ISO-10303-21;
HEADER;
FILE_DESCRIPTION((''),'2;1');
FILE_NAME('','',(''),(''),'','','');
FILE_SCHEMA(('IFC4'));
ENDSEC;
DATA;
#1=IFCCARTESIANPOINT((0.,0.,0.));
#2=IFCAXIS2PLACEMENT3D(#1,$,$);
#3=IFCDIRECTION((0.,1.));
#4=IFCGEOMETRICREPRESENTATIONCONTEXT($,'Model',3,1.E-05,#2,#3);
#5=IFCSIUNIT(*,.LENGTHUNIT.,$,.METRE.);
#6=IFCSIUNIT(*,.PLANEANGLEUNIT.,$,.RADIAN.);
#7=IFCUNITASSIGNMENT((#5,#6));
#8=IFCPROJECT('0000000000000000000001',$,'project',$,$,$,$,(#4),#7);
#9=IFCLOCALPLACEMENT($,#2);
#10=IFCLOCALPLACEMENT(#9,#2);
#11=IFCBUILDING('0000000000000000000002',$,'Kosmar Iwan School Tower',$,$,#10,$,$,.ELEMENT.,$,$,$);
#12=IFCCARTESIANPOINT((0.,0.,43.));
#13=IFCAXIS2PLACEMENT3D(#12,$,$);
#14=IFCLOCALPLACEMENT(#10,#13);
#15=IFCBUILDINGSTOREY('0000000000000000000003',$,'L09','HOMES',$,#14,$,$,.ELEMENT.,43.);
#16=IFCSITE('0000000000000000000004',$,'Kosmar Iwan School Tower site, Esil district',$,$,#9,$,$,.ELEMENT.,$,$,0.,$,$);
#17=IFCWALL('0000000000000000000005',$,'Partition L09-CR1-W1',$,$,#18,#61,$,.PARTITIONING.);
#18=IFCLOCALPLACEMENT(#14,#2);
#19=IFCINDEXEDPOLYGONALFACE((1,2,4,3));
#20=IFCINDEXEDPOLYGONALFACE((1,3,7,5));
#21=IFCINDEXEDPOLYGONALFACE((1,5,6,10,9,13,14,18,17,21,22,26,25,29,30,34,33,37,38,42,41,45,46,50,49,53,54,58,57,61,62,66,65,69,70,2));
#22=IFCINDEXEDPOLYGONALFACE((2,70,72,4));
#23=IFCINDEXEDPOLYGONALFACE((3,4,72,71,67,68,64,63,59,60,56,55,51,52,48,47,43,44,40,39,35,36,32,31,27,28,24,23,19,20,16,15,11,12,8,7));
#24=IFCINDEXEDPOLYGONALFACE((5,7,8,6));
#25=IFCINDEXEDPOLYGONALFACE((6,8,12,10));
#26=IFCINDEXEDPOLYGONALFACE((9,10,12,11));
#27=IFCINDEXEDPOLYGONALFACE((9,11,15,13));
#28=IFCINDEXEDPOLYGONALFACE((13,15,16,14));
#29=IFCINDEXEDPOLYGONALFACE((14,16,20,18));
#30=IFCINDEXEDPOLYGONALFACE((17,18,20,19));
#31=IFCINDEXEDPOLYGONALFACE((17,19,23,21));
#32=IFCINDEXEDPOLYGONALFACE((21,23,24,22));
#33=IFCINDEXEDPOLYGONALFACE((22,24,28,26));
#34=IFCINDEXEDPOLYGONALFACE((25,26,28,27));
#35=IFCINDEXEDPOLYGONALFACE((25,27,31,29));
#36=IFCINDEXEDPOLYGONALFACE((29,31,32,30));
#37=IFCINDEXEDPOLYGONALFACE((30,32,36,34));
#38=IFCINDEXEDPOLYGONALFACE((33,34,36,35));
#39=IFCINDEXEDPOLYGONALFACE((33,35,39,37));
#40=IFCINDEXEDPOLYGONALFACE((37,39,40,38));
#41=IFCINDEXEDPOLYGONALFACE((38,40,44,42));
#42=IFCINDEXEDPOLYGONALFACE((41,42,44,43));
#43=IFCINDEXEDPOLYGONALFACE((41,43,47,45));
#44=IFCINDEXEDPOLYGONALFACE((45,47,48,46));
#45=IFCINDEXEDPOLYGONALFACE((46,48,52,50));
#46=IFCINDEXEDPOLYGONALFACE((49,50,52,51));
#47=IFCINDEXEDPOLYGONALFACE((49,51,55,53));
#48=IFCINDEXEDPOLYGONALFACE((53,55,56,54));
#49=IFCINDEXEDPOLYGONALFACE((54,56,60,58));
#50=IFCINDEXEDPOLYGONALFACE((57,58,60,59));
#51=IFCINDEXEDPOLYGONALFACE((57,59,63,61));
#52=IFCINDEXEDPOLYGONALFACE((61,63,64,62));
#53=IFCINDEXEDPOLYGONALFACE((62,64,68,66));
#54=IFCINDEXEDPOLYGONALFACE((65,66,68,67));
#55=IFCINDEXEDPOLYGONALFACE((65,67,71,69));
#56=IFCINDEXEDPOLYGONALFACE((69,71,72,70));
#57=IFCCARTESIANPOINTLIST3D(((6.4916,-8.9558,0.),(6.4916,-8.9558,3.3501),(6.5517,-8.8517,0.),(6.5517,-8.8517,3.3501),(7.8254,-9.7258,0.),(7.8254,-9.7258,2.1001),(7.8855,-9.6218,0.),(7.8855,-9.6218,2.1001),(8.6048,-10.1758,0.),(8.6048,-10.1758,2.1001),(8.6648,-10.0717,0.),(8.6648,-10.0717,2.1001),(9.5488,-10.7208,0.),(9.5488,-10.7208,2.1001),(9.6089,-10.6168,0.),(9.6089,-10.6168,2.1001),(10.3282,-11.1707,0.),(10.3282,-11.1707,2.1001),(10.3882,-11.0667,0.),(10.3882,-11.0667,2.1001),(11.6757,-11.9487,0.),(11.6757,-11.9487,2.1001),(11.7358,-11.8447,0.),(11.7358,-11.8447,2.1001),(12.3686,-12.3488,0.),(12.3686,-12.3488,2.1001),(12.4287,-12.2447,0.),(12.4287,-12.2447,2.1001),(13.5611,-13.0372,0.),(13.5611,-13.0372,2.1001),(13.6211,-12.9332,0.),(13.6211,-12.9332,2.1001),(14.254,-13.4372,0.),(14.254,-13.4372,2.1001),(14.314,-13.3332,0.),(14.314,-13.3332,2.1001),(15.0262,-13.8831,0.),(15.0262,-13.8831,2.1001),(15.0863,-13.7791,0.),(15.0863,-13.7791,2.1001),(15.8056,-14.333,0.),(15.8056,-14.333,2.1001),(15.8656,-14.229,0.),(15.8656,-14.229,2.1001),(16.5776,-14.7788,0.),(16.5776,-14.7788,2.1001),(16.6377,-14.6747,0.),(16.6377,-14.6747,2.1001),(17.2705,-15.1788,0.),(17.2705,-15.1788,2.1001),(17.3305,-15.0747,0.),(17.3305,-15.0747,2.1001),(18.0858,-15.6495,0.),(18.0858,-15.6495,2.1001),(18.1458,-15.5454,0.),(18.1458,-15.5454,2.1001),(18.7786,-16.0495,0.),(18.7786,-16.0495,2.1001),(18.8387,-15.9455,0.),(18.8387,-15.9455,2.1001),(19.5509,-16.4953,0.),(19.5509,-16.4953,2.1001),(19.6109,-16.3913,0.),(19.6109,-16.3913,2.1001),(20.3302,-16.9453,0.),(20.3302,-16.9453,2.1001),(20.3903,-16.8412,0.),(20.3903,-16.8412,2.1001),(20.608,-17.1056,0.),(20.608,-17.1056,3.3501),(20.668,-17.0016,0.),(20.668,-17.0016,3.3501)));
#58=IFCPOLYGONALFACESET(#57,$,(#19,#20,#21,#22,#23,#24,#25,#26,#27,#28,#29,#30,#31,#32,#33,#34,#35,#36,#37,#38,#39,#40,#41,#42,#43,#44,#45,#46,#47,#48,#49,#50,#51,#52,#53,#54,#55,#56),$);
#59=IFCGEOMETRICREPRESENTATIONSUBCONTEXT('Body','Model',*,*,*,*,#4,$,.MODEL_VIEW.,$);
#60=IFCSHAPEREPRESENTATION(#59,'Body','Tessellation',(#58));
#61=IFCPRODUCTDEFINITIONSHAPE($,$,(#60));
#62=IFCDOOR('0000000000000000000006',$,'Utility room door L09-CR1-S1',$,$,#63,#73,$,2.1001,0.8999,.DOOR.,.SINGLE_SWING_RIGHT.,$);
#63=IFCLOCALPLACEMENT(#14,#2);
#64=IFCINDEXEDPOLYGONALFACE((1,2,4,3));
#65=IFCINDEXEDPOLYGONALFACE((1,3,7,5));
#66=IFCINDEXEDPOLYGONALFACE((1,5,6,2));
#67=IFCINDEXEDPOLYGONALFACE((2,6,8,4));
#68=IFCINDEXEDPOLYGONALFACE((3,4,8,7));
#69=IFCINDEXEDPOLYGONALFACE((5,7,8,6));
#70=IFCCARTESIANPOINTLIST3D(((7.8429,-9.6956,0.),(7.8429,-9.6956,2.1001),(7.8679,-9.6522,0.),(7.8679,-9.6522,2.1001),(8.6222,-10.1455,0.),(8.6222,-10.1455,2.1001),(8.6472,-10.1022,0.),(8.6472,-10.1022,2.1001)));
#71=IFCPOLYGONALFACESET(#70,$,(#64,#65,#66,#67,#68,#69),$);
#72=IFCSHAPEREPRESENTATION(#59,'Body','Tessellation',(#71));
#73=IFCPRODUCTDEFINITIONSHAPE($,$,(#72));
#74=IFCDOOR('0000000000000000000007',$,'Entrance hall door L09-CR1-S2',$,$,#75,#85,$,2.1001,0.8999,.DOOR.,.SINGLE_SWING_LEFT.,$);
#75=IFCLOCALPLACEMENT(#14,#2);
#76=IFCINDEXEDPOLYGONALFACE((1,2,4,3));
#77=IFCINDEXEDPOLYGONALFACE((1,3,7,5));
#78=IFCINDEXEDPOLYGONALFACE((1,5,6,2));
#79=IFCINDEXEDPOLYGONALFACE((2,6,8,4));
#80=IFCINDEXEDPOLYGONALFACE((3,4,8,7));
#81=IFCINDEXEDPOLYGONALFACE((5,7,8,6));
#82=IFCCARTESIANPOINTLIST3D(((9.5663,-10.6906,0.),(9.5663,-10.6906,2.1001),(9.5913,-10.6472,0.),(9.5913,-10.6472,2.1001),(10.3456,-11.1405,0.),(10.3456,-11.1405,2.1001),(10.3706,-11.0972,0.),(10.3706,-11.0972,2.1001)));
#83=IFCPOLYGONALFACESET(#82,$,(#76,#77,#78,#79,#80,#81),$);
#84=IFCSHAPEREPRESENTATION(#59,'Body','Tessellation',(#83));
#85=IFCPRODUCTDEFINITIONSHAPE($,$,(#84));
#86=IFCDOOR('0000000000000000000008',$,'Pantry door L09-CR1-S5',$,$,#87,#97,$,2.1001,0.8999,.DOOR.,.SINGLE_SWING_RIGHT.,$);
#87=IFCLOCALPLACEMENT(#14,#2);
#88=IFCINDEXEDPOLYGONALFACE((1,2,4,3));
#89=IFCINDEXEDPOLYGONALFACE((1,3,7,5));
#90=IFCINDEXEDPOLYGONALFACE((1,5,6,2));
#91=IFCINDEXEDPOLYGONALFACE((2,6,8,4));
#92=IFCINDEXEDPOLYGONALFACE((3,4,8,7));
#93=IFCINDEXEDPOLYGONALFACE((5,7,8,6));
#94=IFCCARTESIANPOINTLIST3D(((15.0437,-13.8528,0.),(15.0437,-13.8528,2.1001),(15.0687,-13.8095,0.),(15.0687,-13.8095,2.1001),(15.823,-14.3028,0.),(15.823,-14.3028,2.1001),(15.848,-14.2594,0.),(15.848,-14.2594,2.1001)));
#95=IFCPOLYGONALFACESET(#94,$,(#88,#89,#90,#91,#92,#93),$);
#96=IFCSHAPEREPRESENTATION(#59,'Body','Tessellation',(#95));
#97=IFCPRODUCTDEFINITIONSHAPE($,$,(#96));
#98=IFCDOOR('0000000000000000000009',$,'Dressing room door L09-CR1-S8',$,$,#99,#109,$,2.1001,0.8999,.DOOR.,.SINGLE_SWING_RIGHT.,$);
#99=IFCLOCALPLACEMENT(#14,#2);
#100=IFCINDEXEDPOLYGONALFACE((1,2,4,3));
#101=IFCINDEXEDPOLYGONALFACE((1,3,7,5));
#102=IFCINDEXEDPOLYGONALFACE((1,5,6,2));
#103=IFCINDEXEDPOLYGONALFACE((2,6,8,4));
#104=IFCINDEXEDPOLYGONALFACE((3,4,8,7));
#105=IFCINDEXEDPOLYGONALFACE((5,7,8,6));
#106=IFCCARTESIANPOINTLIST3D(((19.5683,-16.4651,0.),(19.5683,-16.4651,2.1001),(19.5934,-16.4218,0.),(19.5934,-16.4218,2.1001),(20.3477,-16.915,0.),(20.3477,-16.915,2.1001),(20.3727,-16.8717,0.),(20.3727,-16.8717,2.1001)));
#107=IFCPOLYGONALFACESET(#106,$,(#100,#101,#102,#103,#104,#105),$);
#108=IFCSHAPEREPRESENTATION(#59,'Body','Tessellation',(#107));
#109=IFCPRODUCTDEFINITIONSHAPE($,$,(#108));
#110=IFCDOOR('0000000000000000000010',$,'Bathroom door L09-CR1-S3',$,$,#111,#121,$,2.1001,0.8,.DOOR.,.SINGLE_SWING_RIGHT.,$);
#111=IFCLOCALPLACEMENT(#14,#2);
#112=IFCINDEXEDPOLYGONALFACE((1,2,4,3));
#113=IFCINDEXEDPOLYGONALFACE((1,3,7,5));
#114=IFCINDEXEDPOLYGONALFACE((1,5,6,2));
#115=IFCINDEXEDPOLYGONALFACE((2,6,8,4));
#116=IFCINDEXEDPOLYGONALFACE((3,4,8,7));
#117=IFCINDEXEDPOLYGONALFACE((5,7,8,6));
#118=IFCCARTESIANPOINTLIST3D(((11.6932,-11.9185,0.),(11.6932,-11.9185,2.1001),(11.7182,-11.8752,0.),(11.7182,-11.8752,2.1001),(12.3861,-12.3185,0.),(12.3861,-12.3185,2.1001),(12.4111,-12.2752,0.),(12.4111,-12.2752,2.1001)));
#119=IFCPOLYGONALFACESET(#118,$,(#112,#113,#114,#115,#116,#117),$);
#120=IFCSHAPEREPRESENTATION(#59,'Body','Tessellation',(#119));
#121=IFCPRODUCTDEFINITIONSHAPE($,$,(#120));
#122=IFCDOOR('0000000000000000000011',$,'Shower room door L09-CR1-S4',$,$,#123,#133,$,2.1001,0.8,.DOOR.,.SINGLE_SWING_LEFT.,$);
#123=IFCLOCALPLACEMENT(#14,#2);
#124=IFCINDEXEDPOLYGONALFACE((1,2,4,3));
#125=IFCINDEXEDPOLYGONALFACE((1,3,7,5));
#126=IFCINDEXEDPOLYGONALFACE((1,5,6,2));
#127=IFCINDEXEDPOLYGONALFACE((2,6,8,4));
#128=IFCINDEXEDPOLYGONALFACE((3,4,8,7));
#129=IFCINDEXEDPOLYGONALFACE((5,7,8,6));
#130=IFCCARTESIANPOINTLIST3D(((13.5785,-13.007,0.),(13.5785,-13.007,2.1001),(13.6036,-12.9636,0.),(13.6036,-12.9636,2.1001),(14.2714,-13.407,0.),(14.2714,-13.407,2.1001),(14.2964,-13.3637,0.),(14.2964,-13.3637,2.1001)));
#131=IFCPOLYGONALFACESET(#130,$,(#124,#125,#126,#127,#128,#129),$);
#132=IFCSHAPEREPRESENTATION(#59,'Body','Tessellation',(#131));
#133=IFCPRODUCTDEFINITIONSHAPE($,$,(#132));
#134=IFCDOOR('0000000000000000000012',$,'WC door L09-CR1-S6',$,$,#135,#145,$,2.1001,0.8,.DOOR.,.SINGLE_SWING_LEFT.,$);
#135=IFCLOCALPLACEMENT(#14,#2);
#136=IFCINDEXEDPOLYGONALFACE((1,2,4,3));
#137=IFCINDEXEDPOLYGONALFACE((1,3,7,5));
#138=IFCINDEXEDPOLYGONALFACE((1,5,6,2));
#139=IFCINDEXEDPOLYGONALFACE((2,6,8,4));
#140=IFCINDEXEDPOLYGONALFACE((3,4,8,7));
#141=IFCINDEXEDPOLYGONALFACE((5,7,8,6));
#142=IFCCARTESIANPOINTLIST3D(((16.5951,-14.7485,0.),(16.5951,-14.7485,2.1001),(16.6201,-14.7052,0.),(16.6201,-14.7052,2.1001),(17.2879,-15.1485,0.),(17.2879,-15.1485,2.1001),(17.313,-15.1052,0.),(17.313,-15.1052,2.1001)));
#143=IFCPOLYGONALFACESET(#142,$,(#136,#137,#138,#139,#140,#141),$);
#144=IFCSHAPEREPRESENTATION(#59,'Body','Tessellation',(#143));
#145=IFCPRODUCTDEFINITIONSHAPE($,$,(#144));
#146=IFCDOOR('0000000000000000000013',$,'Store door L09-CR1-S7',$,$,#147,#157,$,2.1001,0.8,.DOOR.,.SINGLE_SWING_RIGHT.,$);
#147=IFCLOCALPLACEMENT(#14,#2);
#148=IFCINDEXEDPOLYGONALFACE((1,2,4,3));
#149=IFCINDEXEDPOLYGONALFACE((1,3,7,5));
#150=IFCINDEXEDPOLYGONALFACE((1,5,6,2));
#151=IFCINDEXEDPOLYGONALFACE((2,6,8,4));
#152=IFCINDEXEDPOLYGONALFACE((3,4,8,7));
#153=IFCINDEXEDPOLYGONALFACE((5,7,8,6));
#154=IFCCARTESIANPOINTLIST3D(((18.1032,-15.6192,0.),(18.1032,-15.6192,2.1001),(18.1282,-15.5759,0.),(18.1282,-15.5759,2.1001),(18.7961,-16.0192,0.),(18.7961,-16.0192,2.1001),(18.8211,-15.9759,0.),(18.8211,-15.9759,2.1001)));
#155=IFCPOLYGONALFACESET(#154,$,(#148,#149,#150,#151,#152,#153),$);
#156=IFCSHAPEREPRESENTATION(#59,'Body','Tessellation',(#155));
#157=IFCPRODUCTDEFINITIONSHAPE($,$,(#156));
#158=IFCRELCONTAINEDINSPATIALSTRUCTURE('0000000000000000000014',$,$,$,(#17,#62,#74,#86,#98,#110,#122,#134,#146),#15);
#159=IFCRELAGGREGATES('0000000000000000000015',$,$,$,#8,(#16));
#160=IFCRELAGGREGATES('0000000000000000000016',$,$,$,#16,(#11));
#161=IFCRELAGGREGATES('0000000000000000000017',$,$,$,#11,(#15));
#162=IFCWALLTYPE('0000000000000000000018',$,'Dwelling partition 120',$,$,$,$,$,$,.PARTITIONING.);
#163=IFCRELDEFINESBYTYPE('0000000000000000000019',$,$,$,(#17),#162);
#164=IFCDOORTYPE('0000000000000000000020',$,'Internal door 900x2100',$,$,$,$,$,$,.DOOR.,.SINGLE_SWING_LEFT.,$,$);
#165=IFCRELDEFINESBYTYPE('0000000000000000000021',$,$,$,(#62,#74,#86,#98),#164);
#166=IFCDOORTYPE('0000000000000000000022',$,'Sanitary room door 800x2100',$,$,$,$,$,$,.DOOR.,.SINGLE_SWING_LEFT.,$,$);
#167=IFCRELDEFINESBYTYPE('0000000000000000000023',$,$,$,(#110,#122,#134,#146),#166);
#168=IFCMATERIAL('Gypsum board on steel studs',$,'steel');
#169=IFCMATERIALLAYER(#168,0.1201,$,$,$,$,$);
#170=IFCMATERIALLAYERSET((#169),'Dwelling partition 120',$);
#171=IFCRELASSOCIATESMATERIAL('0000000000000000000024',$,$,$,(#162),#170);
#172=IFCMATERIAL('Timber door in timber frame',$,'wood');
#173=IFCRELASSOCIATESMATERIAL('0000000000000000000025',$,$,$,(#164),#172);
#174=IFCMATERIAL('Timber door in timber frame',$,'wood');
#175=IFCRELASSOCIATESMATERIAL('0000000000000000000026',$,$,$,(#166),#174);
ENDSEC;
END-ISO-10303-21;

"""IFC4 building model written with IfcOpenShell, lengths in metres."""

from ifc_helpers import new_model, si_unit, direction, frame, frame_2d, origin, place, context, subcontext, project, spatial, rectangle, extrude, material, layer, layer_set, type_object, element, fill, save


model = new_model("IFC4")

# Units and contexts
model_context = context("Model", 3, precision=1e-05, world=origin(), true_north=direction((0.0, 1.0)))
body_context = subcontext(model_context, "Body", "Model", "MODEL_VIEW")
ifc_project = project(units=[si_unit("LENGTHUNIT", "METRE"), si_unit("PLANEANGLEUNIT", "RADIAN")], contexts=[model_context])

# Site, building, storey
site_placement = place(None, origin())
site = spatial("IfcSite", under=ifc_project, at=site_placement, Name="Kosmar Iwan School Tower site, Esil district", CompositionType="ELEMENT", RefElevation=0.0)
building_placement = place(site_placement, origin())
building = spatial("IfcBuilding", under=site, at=building_placement, Name="Kosmar Iwan School Tower", CompositionType="ELEMENT")
storey_placement = place(building_placement, frame((0.0, 0.0, 43.0)))
storey = spatial("IfcBuildingStorey", under=building, at=storey_placement, Name="L09", Description="HOMES", CompositionType="ELEMENT", Elevation=43.0)

# Wall, openings, doors
ifc_material_1 = material(Name="Gypsum board on steel studs", Category="steel")
ifc_layer_1 = layer(ifc_material_1, 0.1201)
ifc_layer_set_1 = layer_set([ifc_layer_1], Name="Dwelling partition 120")
wall_type_1 = type_object("IfcWallType", Name="Dwelling partition 120", PredefinedType="PARTITIONING", material=ifc_layer_set_1)
wall_1_placement = place(storey_placement, frame((6.5217, -8.9038, 0.0), z_axis=(0.0, 0.0, 1.0), x_axis=(0.866032, -0.499989, 0.0)))
wall_1 = element("IfcWall", 1, at=wall_1_placement, inside=storey, type_object=wall_type_1, Name="Partition L09-CR1-W1", PredefinedType="PARTITIONING", context=body_context, shape_type="SweptSolid", body=[
    extrude(rectangle(XDim=16.3, YDim=0.1201, at=frame_2d((8.1499, 0.0))), origin(), (0.0, 0.0, 1.0), 3.3501),
])
opening_1_placement = place(wall_1_placement, frame((1.54, 0.0, 0.0)))
opening_1 = element("IfcOpeningElement", 2, at=opening_1_placement, cuts=wall_1, PredefinedType="OPENING", context=body_context, shape_type="SweptSolid", body=[
    extrude(rectangle(XDim=0.8999, YDim=2.1001, at=frame_2d((0.45, 1.05))), frame((0.0, 0.072, 0.0), z_axis=(0.0, -1.0, 0.0), x_axis=(1.0, 0.0, 0.0)), (0.0, 0.0, 1.0), 0.144),
])
opening_2_placement = place(wall_1_placement, frame((3.53, 0.0, 0.0)))
opening_2 = element("IfcOpeningElement", 3, at=opening_2_placement, cuts=wall_1, PredefinedType="OPENING", context=body_context, shape_type="SweptSolid", body=[
    extrude(rectangle(XDim=0.8999, YDim=2.1001, at=frame_2d((0.45, 1.05))), frame((0.0, 0.072, 0.0), z_axis=(0.0, -1.0, 0.0), x_axis=(1.0, 0.0, 0.0)), (0.0, 0.0, 1.0), 0.144),
])
opening_3_placement = place(wall_1_placement, frame((5.9861, 0.0, 0.0)))
opening_3 = element("IfcOpeningElement", 4, at=opening_3_placement, cuts=wall_1, PredefinedType="OPENING", context=body_context, shape_type="SweptSolid", body=[
    extrude(rectangle(XDim=0.8, YDim=2.1001, at=frame_2d((0.3999, 1.05))), frame((0.0, 0.072, 0.0), z_axis=(0.0, -1.0, 0.0), x_axis=(1.0, 0.0, 0.0)), (0.0, 0.0, 1.0), 0.144),
])
opening_4_placement = place(wall_1_placement, frame((8.1631, 0.0, 0.0)))
opening_4 = element("IfcOpeningElement", 5, at=opening_4_placement, cuts=wall_1, PredefinedType="OPENING", context=body_context, shape_type="SweptSolid", body=[
    extrude(rectangle(XDim=0.8, YDim=2.1001, at=frame_2d((0.3999, 1.05))), frame((0.0, 0.072, 0.0), z_axis=(0.0, -1.0, 0.0), x_axis=(1.0, 0.0, 0.0)), (0.0, 0.0, 1.0), 0.144),
])
opening_5_placement = place(wall_1_placement, frame((9.8547, 0.0, 0.0)))
opening_5 = element("IfcOpeningElement", 6, at=opening_5_placement, cuts=wall_1, PredefinedType="OPENING", context=body_context, shape_type="SweptSolid", body=[
    extrude(rectangle(XDim=0.8999, YDim=2.1001, at=frame_2d((0.45, 1.05))), frame((0.0, 0.072, 0.0), z_axis=(0.0, -1.0, 0.0), x_axis=(1.0, 0.0, 0.0)), (0.0, 0.0, 1.0), 0.144),
])
opening_6_placement = place(wall_1_placement, frame((11.6462, 0.0, 0.0)))
opening_6 = element("IfcOpeningElement", 7, at=opening_6_placement, cuts=wall_1, PredefinedType="OPENING", context=body_context, shape_type="SweptSolid", body=[
    extrude(rectangle(XDim=0.8, YDim=2.1001, at=frame_2d((0.3999, 1.05))), frame((0.0, 0.072, 0.0), z_axis=(0.0, -1.0, 0.0), x_axis=(1.0, 0.0, 0.0)), (0.0, 0.0, 1.0), 0.144),
])
opening_7_placement = place(wall_1_placement, frame((13.3877, 0.0, 0.0)))
opening_7 = element("IfcOpeningElement", 8, at=opening_7_placement, cuts=wall_1, PredefinedType="OPENING", context=body_context, shape_type="SweptSolid", body=[
    extrude(rectangle(XDim=0.8, YDim=2.1001, at=frame_2d((0.3999, 1.05))), frame((0.0, 0.072, 0.0), z_axis=(0.0, -1.0, 0.0), x_axis=(1.0, 0.0, 0.0)), (0.0, 0.0, 1.0), 0.144),
])
opening_8_placement = place(wall_1_placement, frame((15.0793, 0.0, 0.0)))
opening_8 = element("IfcOpeningElement", 9, at=opening_8_placement, cuts=wall_1, PredefinedType="OPENING", context=body_context, shape_type="SweptSolid", body=[
    extrude(rectangle(XDim=0.8999, YDim=2.1001, at=frame_2d((0.45, 1.05))), frame((0.0, 0.072, 0.0), z_axis=(0.0, -1.0, 0.0), x_axis=(1.0, 0.0, 0.0)), (0.0, 0.0, 1.0), 0.144),
])
ifc_material_2 = material(Name="Timber door in timber frame", Category="wood")
door_type_1 = type_object("IfcDoorType", Name="Internal door 900x2100", OperationType="SINGLE_SWING_LEFT", PredefinedType="DOOR", material=ifc_material_2)
door_1_placement = place(opening_1_placement, origin())
door_1 = element("IfcDoor", 10, at=door_1_placement, inside=storey, type_object=door_type_1, Name="Utility room door L09-CR1-S1", OperationType="SINGLE_SWING_RIGHT", OverallHeight=2.1001, OverallWidth=0.8999, PredefinedType="DOOR", context=body_context, shape_type="SweptSolid", body=[
    extrude(rectangle(XDim=0.8999, YDim=2.1001, at=frame_2d((0.45, 1.05))), frame((0.0, 0.0249, 0.0), z_axis=(0.0, -1.0, 0.0), x_axis=(1.0, 0.0, 0.0)), (0.0, 0.0, 1.0), 0.05),
])
fill(opening_1, door_1)
door_2_placement = place(opening_2_placement, origin())
door_2 = element("IfcDoor", 11, at=door_2_placement, inside=storey, type_object=door_type_1, Name="Entrance hall door L09-CR1-S2", OperationType="SINGLE_SWING_LEFT", OverallHeight=2.1001, OverallWidth=0.8999, PredefinedType="DOOR", context=body_context, shape_type="SweptSolid", body=[
    extrude(rectangle(XDim=0.8999, YDim=2.1001, at=frame_2d((0.45, 1.05))), frame((0.0, 0.0249, 0.0), z_axis=(0.0, -1.0, 0.0), x_axis=(1.0, 0.0, 0.0)), (0.0, 0.0, 1.0), 0.05),
])
fill(opening_2, door_2)
door_3_placement = place(opening_5_placement, origin())
door_3 = element("IfcDoor", 12, at=door_3_placement, inside=storey, type_object=door_type_1, Name="Pantry door L09-CR1-S5", OperationType="SINGLE_SWING_RIGHT", OverallHeight=2.1001, OverallWidth=0.8999, PredefinedType="DOOR", context=body_context, shape_type="SweptSolid", body=[
    extrude(rectangle(XDim=0.8999, YDim=2.1001, at=frame_2d((0.45, 1.05))), frame((0.0, 0.0249, 0.0), z_axis=(0.0, -1.0, 0.0), x_axis=(1.0, 0.0, 0.0)), (0.0, 0.0, 1.0), 0.05),
])
fill(opening_5, door_3)
door_4_placement = place(opening_8_placement, origin())
door_4 = element("IfcDoor", 13, at=door_4_placement, inside=storey, type_object=door_type_1, Name="Dressing room door L09-CR1-S8", OperationType="SINGLE_SWING_RIGHT", OverallHeight=2.1001, OverallWidth=0.8999, PredefinedType="DOOR", context=body_context, shape_type="SweptSolid", body=[
    extrude(rectangle(XDim=0.8999, YDim=2.1001, at=frame_2d((0.45, 1.05))), frame((0.0, 0.0249, 0.0), z_axis=(0.0, -1.0, 0.0), x_axis=(1.0, 0.0, 0.0)), (0.0, 0.0, 1.0), 0.05),
])
fill(opening_8, door_4)
ifc_material_3 = material(Name="Timber door in timber frame", Category="wood")
door_type_2 = type_object("IfcDoorType", Name="Sanitary room door 800x2100", OperationType="SINGLE_SWING_LEFT", PredefinedType="DOOR", material=ifc_material_3)
door_5_placement = place(opening_3_placement, origin())
door_5 = element("IfcDoor", 14, at=door_5_placement, inside=storey, type_object=door_type_2, Name="Bathroom door L09-CR1-S3", OperationType="SINGLE_SWING_RIGHT", OverallHeight=2.1001, OverallWidth=0.8, PredefinedType="DOOR", context=body_context, shape_type="SweptSolid", body=[
    extrude(rectangle(XDim=0.8, YDim=2.1001, at=frame_2d((0.3999, 1.05))), frame((0.0, 0.0249, 0.0), z_axis=(0.0, -1.0, 0.0), x_axis=(1.0, 0.0, 0.0)), (0.0, 0.0, 1.0), 0.05),
])
fill(opening_3, door_5)
door_6_placement = place(opening_4_placement, origin())
door_6 = element("IfcDoor", 15, at=door_6_placement, inside=storey, type_object=door_type_2, Name="Shower room door L09-CR1-S4", OperationType="SINGLE_SWING_LEFT", OverallHeight=2.1001, OverallWidth=0.8, PredefinedType="DOOR", context=body_context, shape_type="SweptSolid", body=[
    extrude(rectangle(XDim=0.8, YDim=2.1001, at=frame_2d((0.3999, 1.05))), frame((0.0, 0.0249, 0.0), z_axis=(0.0, -1.0, 0.0), x_axis=(1.0, 0.0, 0.0)), (0.0, 0.0, 1.0), 0.05),
])
fill(opening_4, door_6)
door_7_placement = place(opening_6_placement, origin())
door_7 = element("IfcDoor", 16, at=door_7_placement, inside=storey, type_object=door_type_2, Name="WC door L09-CR1-S6", OperationType="SINGLE_SWING_LEFT", OverallHeight=2.1001, OverallWidth=0.8, PredefinedType="DOOR", context=body_context, shape_type="SweptSolid", body=[
    extrude(rectangle(XDim=0.8, YDim=2.1001, at=frame_2d((0.3999, 1.05))), frame((0.0, 0.0249, 0.0), z_axis=(0.0, -1.0, 0.0), x_axis=(1.0, 0.0, 0.0)), (0.0, 0.0, 1.0), 0.05),
])
fill(opening_6, door_7)
door_8_placement = place(opening_7_placement, origin())
door_8 = element("IfcDoor", 17, at=door_8_placement, inside=storey, type_object=door_type_2, Name="Store door L09-CR1-S7", OperationType="SINGLE_SWING_RIGHT", OverallHeight=2.1001, OverallWidth=0.8, PredefinedType="DOOR", context=body_context, shape_type="SweptSolid", body=[
    extrude(rectangle(XDim=0.8, YDim=2.1001, at=frame_2d((0.3999, 1.05))), frame((0.0, 0.0249, 0.0), z_axis=(0.0, -1.0, 0.0), x_axis=(1.0, 0.0, 0.0)), (0.0, 0.0, 1.0), 0.05),
])
fill(opening_7, door_8)

save(model, "model.ifc")
